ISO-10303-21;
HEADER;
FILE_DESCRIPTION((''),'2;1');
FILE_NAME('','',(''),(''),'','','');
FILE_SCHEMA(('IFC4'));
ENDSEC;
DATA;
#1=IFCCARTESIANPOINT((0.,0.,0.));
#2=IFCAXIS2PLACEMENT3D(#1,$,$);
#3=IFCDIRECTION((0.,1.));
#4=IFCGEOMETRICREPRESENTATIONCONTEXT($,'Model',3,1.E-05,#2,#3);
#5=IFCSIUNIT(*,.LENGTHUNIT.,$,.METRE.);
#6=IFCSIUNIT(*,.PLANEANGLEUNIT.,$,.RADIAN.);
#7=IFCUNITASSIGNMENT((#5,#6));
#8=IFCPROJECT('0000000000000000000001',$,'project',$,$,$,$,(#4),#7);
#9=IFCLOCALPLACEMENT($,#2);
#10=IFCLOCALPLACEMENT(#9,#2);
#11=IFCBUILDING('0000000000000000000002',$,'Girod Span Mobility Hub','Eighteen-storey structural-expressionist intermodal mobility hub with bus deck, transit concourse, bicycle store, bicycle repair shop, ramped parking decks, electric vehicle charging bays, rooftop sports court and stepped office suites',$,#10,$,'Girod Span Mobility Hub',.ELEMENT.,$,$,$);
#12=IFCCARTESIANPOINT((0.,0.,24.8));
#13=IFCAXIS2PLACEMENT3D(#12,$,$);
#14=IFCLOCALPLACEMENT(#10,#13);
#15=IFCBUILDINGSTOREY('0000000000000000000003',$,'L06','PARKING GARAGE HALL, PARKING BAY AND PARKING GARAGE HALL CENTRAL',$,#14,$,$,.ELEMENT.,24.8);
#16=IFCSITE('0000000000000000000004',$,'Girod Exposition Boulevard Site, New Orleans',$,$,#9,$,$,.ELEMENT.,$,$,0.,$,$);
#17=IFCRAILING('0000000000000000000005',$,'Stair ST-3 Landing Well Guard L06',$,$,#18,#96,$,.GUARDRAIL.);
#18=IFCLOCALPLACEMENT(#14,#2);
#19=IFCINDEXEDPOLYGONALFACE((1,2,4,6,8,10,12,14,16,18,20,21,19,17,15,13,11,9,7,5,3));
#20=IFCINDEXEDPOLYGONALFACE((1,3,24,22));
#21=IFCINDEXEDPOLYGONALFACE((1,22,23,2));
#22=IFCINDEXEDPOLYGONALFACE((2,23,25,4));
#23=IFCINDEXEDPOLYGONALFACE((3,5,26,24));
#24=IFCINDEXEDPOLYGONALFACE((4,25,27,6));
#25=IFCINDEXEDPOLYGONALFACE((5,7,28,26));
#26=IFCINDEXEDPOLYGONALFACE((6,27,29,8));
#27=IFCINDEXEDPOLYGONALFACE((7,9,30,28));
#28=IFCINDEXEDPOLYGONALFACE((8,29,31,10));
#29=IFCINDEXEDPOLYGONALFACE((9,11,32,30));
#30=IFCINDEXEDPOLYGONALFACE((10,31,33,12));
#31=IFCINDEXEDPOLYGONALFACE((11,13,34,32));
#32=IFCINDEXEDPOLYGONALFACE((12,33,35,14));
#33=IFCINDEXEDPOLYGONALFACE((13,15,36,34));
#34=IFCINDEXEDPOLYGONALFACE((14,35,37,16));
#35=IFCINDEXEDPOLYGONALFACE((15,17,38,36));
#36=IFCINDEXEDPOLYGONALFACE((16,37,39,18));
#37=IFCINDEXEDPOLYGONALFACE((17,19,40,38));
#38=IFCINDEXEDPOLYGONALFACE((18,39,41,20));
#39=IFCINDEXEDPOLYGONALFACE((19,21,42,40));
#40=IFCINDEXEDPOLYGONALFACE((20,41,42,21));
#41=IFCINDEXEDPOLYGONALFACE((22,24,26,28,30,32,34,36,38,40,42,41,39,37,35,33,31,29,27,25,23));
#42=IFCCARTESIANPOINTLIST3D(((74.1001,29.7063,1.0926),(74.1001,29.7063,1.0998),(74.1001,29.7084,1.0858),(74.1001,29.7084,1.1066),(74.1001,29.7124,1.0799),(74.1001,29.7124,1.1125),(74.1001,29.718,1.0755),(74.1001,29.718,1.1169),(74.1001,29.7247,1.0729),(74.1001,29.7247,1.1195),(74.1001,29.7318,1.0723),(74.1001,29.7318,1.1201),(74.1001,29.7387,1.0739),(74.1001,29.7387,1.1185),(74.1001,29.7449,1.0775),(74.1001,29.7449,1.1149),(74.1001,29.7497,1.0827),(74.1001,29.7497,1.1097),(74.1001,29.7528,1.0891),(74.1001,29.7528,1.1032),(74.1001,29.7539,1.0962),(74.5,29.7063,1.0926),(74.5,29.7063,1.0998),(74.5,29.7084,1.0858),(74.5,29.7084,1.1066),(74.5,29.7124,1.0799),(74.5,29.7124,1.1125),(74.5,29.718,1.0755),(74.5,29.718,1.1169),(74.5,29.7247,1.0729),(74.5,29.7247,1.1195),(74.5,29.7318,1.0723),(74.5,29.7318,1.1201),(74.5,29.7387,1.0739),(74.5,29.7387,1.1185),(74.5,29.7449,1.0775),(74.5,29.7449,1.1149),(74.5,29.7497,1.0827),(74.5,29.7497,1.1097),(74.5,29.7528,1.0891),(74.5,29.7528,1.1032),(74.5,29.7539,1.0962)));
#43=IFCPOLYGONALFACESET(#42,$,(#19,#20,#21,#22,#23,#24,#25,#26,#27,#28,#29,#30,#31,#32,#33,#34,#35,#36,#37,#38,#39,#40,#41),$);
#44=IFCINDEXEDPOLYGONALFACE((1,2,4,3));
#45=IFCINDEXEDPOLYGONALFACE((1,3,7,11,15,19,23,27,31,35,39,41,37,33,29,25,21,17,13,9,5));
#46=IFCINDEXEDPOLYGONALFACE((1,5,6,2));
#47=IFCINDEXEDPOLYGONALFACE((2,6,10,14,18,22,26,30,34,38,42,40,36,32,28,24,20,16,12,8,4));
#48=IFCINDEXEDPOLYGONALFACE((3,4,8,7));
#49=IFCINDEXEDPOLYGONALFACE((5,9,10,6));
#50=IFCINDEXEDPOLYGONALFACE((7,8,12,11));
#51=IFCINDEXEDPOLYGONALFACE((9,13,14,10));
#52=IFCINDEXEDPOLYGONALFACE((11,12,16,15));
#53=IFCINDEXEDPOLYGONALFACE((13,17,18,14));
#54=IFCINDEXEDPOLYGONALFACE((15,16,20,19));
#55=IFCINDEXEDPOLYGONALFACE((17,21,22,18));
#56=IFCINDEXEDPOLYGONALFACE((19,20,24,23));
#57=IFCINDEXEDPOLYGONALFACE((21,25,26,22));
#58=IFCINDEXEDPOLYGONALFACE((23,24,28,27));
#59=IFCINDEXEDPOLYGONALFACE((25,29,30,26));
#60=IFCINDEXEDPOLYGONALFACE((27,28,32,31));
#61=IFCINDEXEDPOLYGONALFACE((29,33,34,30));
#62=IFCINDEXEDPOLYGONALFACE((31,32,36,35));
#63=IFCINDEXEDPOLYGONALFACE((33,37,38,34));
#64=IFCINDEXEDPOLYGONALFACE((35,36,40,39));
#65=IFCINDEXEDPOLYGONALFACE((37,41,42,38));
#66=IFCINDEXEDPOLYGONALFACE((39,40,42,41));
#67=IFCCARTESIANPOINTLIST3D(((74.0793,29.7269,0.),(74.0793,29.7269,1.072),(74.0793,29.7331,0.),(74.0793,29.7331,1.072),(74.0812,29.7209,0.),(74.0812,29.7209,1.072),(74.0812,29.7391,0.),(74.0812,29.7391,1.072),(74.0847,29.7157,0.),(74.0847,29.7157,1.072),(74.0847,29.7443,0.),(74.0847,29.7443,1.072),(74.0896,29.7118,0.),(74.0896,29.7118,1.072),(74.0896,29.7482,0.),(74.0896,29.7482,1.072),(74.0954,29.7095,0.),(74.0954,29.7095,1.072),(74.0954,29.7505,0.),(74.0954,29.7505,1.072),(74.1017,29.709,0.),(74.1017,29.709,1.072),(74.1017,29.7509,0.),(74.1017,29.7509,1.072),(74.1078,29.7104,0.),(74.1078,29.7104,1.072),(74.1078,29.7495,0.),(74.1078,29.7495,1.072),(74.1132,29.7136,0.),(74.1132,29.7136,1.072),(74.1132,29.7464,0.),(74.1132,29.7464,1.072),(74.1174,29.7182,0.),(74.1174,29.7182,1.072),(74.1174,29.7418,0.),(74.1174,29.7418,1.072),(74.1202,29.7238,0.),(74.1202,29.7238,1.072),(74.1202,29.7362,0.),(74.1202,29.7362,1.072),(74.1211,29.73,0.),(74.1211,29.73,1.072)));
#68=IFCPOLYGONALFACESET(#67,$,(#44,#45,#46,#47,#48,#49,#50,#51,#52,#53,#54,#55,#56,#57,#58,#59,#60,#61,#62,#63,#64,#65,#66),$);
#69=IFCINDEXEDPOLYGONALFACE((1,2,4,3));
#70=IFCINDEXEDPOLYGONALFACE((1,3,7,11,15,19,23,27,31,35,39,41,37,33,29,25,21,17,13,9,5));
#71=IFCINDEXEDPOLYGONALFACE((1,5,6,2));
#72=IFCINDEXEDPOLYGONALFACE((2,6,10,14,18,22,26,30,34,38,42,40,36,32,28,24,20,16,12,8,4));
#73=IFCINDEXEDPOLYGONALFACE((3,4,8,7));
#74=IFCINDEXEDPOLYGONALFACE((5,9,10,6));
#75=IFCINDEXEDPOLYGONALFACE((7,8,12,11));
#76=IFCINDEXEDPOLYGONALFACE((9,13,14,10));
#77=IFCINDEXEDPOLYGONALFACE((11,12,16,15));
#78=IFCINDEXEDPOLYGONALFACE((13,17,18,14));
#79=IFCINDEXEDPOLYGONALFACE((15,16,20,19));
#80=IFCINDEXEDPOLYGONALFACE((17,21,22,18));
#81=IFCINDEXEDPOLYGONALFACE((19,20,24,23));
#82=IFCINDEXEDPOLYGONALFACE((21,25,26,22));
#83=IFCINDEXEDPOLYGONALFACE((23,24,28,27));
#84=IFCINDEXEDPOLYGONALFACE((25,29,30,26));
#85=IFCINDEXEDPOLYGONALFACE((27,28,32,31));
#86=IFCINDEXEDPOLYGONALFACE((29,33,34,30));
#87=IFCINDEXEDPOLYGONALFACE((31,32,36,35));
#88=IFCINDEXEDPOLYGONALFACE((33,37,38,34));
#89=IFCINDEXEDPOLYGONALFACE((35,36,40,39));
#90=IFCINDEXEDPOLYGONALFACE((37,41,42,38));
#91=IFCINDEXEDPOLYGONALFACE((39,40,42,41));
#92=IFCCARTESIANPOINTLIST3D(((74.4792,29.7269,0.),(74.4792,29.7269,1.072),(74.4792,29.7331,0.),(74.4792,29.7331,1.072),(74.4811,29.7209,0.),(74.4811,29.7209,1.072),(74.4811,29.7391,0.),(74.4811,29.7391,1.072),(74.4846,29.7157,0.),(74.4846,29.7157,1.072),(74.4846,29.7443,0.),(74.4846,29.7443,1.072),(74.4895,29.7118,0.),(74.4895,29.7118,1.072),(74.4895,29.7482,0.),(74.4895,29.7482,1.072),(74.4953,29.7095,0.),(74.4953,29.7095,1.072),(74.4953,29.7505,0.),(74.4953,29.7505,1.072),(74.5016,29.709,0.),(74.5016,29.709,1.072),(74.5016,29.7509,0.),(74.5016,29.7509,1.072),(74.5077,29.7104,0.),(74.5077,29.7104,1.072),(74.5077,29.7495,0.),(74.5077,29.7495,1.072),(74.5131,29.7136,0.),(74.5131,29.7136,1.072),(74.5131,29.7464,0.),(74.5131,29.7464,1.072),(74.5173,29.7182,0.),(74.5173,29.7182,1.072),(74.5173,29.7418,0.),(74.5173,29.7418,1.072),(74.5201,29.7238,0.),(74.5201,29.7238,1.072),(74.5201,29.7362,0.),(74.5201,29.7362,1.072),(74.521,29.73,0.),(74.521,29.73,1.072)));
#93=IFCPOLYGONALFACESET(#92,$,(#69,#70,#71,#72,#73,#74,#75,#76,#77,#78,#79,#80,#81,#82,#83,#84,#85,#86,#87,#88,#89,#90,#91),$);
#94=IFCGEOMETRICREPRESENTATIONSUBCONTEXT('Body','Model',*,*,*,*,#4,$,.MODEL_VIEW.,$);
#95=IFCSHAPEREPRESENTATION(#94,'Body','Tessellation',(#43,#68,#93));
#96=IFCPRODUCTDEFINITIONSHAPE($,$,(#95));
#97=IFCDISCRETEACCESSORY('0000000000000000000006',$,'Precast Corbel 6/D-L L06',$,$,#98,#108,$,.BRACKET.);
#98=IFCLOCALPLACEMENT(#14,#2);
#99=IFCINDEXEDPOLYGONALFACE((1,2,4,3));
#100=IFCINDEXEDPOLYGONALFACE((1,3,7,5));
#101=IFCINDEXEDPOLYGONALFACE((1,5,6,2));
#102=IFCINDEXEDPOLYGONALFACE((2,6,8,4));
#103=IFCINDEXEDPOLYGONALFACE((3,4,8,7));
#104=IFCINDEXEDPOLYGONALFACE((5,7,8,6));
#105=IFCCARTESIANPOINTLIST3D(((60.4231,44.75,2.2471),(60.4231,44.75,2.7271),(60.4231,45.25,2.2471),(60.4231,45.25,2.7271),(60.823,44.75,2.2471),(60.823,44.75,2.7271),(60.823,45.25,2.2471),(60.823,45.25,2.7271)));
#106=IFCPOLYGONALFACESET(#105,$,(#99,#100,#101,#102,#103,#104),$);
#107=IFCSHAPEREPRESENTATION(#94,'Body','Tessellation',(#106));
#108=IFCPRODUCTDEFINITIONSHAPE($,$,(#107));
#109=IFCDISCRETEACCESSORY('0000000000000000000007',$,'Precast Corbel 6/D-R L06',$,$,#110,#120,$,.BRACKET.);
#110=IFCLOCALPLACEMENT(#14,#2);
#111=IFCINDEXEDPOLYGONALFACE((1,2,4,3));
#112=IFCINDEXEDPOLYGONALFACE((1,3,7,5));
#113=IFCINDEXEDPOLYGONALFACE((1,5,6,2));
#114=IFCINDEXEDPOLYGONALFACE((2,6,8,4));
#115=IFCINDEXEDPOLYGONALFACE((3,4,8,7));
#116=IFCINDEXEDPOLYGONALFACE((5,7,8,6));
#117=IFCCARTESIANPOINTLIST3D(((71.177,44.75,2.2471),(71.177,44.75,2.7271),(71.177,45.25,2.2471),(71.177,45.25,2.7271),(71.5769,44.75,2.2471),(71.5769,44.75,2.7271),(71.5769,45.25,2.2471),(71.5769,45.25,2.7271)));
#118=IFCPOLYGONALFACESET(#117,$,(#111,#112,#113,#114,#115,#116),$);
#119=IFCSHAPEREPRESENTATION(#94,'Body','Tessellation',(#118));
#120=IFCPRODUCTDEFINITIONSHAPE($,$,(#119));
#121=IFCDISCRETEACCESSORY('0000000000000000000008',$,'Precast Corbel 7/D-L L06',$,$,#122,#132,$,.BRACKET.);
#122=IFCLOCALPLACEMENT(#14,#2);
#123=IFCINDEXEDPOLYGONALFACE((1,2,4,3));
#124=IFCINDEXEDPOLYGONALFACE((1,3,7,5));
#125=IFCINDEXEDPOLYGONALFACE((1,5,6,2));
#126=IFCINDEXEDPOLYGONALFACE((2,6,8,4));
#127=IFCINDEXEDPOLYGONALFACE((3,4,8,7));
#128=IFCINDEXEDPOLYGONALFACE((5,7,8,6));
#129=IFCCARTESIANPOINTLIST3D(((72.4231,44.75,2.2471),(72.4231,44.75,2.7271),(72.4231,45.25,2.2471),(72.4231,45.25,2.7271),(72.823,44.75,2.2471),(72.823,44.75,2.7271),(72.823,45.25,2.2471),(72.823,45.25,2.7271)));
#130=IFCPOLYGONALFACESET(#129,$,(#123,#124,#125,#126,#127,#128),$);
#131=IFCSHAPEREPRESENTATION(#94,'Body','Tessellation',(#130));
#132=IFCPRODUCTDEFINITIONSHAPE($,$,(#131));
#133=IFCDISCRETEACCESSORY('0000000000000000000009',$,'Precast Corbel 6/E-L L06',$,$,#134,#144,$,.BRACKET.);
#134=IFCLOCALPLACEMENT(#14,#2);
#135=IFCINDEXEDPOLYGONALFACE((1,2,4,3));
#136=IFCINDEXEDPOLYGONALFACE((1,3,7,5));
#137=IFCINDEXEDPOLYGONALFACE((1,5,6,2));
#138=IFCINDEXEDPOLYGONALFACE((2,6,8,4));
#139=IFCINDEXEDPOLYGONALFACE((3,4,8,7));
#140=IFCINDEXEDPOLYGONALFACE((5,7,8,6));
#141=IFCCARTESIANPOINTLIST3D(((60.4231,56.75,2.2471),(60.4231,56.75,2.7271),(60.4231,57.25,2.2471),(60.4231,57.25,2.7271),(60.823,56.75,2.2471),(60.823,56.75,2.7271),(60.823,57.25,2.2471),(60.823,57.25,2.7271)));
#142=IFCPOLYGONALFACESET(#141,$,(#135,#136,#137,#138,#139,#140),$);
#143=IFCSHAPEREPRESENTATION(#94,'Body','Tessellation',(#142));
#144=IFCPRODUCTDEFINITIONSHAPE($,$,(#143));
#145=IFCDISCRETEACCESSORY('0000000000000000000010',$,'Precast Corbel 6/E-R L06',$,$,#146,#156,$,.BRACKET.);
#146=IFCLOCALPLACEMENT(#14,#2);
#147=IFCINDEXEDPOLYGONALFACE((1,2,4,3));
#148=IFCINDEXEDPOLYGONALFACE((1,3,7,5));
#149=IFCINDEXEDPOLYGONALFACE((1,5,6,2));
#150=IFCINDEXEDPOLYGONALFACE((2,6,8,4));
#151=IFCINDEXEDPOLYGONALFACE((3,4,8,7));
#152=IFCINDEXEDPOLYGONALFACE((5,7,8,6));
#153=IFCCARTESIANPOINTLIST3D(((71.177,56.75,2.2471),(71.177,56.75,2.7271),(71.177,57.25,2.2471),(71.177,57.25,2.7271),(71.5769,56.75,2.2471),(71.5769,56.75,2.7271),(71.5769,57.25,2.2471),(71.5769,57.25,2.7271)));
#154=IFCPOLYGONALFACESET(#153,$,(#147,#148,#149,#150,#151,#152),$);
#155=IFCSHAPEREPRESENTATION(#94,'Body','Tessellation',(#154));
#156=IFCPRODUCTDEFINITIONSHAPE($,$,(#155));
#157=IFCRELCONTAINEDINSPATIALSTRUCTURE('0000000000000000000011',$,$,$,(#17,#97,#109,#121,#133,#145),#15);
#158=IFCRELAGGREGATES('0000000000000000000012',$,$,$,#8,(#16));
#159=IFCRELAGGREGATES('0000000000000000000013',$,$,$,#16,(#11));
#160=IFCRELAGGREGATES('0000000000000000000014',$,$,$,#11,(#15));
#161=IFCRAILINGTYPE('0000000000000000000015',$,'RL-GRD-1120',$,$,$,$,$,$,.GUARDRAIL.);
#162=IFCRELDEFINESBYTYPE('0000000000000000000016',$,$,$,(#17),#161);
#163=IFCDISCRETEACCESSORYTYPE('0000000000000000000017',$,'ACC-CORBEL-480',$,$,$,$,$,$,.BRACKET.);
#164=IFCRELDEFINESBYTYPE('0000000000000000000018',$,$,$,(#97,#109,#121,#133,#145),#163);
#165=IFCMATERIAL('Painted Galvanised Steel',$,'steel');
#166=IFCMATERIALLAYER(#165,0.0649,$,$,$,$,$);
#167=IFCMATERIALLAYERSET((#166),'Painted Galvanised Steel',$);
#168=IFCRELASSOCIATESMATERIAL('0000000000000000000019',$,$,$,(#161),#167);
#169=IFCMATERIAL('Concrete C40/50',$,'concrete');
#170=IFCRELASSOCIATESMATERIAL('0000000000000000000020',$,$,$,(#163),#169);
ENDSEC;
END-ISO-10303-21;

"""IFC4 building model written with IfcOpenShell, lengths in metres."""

from ifc_helpers import new_model, si_unit, direction, frame, origin, origin_2d, place, context, subcontext, project, spatial, rectangle, circle, extrude, material, layer, layer_set, type_object, element, save


model = new_model("IFC4")

# Units and contexts
model_context = context("Model", 3, precision=1e-05, world=origin(), true_north=direction((0.0, 1.0)))
body_context = subcontext(model_context, "Body", "Model", "MODEL_VIEW")
ifc_project = project(units=[si_unit("LENGTHUNIT", "METRE"), si_unit("PLANEANGLEUNIT", "RADIAN")], contexts=[model_context])

# Site, building, storey
site_placement = place(None, origin())
site = spatial("IfcSite", under=ifc_project, at=site_placement, Name="Girod Exposition Boulevard Site, New Orleans", CompositionType="ELEMENT", RefElevation=0.0)
building_placement = place(site_placement, origin())
building = spatial("IfcBuilding", under=site, at=building_placement, Name="Girod Span Mobility Hub", Description="Eighteen-storey structural-expressionist intermodal mobility hub with bus deck, transit concourse, bicycle store, bicycle repair shop, ramped parking decks, electric vehicle charging bays, rooftop sports court and stepped office suites", LongName="Girod Span Mobility Hub", CompositionType="ELEMENT")
storey_placement = place(building_placement, frame((0.0, 0.0, 24.8)))
storey = spatial("IfcBuildingStorey", under=building, at=storey_placement, Name="L06", Description="PARKING GARAGE HALL, PARKING BAY AND PARKING GARAGE HALL CENTRAL", CompositionType="ELEMENT", Elevation=24.8)

# Railing
ifc_material_1 = material(Name="Painted Galvanised Steel", Category="steel")
ifc_layer_1 = layer(ifc_material_1, 0.0649)
ifc_layer_set_1 = layer_set([ifc_layer_1], Name="Painted Galvanised Steel")
railing_type_1 = type_object("IfcRailingType", Name="RL-GRD-1120", PredefinedType="GUARDRAIL", material=ifc_layer_set_1)
for number, where, name in (
    (1, (74.1001, 29.73, 0.0), "Stair ST-3 Landing Well Guard L06"),
):
    element("IfcRailing", number, at=place(storey_placement, frame(where)), inside=storey, type_object=railing_type_1, Name=name, PredefinedType="GUARDRAIL", context=body_context, shape_type="SweptSolid", body=[
        extrude(circle(Radius=0.0239, at=origin_2d()), frame((0.0, 0.0, 1.0962), z_axis=(1.0, 0.0, 0.0), x_axis=(0.0, 1.0, 0.0)), (0.0, 0.0, 1.0), 0.3999),
        extrude(circle(Radius=0.021, at=origin_2d()), origin(), (0.0, 0.0, 1.0), 1.072),
        extrude(circle(Radius=0.021, at=origin_2d()), frame((0.3999, 0.0, 0.0)), (0.0, 0.0, 1.0), 1.072),
    ])

# Discrete accessories
ifc_material_2 = material(Name="Concrete C40/50", Category="concrete")
discrete_accessory_type = type_object("IfcDiscreteAccessoryType", Name="ACC-CORBEL-480", PredefinedType="BRACKET", material=ifc_material_2)
for number, where, z_axis, x_axis, name in (
    (2, (60.623, 45.0, 2.2471), (0.0, 0.0, 1.0), (1.0, 0.0, 0.0), "Precast Corbel 6/D-L L06"),
    (3, (71.377, 45.0, 2.2471), (0.0, 0.0, 1.0), (1.0, 0.0, 0.0), "Precast Corbel 6/D-R L06"),
    (4, (72.623, 45.0, 2.2471), (0.0, 0.0, 1.0), (1.0, 0.0, 0.0), "Precast Corbel 7/D-L L06"),
    (5, (60.623, 57.0, 2.2471), (0.0, 0.0, 1.0), (1.0, 0.0, 0.0), "Precast Corbel 6/E-L L06"),
    (6, (71.377, 57.0, 2.2471), (0.0, 0.0, 1.0), (1.0, 0.0, 0.0), "Precast Corbel 6/E-R L06"),
):
    element("IfcDiscreteAccessory", number, at=place(storey_placement, frame(where, z_axis=z_axis, x_axis=x_axis)), inside=storey, type_object=discrete_accessory_type, Name=name, PredefinedType="BRACKET", context=body_context, shape_type="SweptSolid", body=[
        extrude(rectangle(XDim=0.3999, YDim=0.5, at=origin_2d()), origin(), (0.0, 0.0, 1.0), 0.48),
    ])

save(model, "model.ifc")
